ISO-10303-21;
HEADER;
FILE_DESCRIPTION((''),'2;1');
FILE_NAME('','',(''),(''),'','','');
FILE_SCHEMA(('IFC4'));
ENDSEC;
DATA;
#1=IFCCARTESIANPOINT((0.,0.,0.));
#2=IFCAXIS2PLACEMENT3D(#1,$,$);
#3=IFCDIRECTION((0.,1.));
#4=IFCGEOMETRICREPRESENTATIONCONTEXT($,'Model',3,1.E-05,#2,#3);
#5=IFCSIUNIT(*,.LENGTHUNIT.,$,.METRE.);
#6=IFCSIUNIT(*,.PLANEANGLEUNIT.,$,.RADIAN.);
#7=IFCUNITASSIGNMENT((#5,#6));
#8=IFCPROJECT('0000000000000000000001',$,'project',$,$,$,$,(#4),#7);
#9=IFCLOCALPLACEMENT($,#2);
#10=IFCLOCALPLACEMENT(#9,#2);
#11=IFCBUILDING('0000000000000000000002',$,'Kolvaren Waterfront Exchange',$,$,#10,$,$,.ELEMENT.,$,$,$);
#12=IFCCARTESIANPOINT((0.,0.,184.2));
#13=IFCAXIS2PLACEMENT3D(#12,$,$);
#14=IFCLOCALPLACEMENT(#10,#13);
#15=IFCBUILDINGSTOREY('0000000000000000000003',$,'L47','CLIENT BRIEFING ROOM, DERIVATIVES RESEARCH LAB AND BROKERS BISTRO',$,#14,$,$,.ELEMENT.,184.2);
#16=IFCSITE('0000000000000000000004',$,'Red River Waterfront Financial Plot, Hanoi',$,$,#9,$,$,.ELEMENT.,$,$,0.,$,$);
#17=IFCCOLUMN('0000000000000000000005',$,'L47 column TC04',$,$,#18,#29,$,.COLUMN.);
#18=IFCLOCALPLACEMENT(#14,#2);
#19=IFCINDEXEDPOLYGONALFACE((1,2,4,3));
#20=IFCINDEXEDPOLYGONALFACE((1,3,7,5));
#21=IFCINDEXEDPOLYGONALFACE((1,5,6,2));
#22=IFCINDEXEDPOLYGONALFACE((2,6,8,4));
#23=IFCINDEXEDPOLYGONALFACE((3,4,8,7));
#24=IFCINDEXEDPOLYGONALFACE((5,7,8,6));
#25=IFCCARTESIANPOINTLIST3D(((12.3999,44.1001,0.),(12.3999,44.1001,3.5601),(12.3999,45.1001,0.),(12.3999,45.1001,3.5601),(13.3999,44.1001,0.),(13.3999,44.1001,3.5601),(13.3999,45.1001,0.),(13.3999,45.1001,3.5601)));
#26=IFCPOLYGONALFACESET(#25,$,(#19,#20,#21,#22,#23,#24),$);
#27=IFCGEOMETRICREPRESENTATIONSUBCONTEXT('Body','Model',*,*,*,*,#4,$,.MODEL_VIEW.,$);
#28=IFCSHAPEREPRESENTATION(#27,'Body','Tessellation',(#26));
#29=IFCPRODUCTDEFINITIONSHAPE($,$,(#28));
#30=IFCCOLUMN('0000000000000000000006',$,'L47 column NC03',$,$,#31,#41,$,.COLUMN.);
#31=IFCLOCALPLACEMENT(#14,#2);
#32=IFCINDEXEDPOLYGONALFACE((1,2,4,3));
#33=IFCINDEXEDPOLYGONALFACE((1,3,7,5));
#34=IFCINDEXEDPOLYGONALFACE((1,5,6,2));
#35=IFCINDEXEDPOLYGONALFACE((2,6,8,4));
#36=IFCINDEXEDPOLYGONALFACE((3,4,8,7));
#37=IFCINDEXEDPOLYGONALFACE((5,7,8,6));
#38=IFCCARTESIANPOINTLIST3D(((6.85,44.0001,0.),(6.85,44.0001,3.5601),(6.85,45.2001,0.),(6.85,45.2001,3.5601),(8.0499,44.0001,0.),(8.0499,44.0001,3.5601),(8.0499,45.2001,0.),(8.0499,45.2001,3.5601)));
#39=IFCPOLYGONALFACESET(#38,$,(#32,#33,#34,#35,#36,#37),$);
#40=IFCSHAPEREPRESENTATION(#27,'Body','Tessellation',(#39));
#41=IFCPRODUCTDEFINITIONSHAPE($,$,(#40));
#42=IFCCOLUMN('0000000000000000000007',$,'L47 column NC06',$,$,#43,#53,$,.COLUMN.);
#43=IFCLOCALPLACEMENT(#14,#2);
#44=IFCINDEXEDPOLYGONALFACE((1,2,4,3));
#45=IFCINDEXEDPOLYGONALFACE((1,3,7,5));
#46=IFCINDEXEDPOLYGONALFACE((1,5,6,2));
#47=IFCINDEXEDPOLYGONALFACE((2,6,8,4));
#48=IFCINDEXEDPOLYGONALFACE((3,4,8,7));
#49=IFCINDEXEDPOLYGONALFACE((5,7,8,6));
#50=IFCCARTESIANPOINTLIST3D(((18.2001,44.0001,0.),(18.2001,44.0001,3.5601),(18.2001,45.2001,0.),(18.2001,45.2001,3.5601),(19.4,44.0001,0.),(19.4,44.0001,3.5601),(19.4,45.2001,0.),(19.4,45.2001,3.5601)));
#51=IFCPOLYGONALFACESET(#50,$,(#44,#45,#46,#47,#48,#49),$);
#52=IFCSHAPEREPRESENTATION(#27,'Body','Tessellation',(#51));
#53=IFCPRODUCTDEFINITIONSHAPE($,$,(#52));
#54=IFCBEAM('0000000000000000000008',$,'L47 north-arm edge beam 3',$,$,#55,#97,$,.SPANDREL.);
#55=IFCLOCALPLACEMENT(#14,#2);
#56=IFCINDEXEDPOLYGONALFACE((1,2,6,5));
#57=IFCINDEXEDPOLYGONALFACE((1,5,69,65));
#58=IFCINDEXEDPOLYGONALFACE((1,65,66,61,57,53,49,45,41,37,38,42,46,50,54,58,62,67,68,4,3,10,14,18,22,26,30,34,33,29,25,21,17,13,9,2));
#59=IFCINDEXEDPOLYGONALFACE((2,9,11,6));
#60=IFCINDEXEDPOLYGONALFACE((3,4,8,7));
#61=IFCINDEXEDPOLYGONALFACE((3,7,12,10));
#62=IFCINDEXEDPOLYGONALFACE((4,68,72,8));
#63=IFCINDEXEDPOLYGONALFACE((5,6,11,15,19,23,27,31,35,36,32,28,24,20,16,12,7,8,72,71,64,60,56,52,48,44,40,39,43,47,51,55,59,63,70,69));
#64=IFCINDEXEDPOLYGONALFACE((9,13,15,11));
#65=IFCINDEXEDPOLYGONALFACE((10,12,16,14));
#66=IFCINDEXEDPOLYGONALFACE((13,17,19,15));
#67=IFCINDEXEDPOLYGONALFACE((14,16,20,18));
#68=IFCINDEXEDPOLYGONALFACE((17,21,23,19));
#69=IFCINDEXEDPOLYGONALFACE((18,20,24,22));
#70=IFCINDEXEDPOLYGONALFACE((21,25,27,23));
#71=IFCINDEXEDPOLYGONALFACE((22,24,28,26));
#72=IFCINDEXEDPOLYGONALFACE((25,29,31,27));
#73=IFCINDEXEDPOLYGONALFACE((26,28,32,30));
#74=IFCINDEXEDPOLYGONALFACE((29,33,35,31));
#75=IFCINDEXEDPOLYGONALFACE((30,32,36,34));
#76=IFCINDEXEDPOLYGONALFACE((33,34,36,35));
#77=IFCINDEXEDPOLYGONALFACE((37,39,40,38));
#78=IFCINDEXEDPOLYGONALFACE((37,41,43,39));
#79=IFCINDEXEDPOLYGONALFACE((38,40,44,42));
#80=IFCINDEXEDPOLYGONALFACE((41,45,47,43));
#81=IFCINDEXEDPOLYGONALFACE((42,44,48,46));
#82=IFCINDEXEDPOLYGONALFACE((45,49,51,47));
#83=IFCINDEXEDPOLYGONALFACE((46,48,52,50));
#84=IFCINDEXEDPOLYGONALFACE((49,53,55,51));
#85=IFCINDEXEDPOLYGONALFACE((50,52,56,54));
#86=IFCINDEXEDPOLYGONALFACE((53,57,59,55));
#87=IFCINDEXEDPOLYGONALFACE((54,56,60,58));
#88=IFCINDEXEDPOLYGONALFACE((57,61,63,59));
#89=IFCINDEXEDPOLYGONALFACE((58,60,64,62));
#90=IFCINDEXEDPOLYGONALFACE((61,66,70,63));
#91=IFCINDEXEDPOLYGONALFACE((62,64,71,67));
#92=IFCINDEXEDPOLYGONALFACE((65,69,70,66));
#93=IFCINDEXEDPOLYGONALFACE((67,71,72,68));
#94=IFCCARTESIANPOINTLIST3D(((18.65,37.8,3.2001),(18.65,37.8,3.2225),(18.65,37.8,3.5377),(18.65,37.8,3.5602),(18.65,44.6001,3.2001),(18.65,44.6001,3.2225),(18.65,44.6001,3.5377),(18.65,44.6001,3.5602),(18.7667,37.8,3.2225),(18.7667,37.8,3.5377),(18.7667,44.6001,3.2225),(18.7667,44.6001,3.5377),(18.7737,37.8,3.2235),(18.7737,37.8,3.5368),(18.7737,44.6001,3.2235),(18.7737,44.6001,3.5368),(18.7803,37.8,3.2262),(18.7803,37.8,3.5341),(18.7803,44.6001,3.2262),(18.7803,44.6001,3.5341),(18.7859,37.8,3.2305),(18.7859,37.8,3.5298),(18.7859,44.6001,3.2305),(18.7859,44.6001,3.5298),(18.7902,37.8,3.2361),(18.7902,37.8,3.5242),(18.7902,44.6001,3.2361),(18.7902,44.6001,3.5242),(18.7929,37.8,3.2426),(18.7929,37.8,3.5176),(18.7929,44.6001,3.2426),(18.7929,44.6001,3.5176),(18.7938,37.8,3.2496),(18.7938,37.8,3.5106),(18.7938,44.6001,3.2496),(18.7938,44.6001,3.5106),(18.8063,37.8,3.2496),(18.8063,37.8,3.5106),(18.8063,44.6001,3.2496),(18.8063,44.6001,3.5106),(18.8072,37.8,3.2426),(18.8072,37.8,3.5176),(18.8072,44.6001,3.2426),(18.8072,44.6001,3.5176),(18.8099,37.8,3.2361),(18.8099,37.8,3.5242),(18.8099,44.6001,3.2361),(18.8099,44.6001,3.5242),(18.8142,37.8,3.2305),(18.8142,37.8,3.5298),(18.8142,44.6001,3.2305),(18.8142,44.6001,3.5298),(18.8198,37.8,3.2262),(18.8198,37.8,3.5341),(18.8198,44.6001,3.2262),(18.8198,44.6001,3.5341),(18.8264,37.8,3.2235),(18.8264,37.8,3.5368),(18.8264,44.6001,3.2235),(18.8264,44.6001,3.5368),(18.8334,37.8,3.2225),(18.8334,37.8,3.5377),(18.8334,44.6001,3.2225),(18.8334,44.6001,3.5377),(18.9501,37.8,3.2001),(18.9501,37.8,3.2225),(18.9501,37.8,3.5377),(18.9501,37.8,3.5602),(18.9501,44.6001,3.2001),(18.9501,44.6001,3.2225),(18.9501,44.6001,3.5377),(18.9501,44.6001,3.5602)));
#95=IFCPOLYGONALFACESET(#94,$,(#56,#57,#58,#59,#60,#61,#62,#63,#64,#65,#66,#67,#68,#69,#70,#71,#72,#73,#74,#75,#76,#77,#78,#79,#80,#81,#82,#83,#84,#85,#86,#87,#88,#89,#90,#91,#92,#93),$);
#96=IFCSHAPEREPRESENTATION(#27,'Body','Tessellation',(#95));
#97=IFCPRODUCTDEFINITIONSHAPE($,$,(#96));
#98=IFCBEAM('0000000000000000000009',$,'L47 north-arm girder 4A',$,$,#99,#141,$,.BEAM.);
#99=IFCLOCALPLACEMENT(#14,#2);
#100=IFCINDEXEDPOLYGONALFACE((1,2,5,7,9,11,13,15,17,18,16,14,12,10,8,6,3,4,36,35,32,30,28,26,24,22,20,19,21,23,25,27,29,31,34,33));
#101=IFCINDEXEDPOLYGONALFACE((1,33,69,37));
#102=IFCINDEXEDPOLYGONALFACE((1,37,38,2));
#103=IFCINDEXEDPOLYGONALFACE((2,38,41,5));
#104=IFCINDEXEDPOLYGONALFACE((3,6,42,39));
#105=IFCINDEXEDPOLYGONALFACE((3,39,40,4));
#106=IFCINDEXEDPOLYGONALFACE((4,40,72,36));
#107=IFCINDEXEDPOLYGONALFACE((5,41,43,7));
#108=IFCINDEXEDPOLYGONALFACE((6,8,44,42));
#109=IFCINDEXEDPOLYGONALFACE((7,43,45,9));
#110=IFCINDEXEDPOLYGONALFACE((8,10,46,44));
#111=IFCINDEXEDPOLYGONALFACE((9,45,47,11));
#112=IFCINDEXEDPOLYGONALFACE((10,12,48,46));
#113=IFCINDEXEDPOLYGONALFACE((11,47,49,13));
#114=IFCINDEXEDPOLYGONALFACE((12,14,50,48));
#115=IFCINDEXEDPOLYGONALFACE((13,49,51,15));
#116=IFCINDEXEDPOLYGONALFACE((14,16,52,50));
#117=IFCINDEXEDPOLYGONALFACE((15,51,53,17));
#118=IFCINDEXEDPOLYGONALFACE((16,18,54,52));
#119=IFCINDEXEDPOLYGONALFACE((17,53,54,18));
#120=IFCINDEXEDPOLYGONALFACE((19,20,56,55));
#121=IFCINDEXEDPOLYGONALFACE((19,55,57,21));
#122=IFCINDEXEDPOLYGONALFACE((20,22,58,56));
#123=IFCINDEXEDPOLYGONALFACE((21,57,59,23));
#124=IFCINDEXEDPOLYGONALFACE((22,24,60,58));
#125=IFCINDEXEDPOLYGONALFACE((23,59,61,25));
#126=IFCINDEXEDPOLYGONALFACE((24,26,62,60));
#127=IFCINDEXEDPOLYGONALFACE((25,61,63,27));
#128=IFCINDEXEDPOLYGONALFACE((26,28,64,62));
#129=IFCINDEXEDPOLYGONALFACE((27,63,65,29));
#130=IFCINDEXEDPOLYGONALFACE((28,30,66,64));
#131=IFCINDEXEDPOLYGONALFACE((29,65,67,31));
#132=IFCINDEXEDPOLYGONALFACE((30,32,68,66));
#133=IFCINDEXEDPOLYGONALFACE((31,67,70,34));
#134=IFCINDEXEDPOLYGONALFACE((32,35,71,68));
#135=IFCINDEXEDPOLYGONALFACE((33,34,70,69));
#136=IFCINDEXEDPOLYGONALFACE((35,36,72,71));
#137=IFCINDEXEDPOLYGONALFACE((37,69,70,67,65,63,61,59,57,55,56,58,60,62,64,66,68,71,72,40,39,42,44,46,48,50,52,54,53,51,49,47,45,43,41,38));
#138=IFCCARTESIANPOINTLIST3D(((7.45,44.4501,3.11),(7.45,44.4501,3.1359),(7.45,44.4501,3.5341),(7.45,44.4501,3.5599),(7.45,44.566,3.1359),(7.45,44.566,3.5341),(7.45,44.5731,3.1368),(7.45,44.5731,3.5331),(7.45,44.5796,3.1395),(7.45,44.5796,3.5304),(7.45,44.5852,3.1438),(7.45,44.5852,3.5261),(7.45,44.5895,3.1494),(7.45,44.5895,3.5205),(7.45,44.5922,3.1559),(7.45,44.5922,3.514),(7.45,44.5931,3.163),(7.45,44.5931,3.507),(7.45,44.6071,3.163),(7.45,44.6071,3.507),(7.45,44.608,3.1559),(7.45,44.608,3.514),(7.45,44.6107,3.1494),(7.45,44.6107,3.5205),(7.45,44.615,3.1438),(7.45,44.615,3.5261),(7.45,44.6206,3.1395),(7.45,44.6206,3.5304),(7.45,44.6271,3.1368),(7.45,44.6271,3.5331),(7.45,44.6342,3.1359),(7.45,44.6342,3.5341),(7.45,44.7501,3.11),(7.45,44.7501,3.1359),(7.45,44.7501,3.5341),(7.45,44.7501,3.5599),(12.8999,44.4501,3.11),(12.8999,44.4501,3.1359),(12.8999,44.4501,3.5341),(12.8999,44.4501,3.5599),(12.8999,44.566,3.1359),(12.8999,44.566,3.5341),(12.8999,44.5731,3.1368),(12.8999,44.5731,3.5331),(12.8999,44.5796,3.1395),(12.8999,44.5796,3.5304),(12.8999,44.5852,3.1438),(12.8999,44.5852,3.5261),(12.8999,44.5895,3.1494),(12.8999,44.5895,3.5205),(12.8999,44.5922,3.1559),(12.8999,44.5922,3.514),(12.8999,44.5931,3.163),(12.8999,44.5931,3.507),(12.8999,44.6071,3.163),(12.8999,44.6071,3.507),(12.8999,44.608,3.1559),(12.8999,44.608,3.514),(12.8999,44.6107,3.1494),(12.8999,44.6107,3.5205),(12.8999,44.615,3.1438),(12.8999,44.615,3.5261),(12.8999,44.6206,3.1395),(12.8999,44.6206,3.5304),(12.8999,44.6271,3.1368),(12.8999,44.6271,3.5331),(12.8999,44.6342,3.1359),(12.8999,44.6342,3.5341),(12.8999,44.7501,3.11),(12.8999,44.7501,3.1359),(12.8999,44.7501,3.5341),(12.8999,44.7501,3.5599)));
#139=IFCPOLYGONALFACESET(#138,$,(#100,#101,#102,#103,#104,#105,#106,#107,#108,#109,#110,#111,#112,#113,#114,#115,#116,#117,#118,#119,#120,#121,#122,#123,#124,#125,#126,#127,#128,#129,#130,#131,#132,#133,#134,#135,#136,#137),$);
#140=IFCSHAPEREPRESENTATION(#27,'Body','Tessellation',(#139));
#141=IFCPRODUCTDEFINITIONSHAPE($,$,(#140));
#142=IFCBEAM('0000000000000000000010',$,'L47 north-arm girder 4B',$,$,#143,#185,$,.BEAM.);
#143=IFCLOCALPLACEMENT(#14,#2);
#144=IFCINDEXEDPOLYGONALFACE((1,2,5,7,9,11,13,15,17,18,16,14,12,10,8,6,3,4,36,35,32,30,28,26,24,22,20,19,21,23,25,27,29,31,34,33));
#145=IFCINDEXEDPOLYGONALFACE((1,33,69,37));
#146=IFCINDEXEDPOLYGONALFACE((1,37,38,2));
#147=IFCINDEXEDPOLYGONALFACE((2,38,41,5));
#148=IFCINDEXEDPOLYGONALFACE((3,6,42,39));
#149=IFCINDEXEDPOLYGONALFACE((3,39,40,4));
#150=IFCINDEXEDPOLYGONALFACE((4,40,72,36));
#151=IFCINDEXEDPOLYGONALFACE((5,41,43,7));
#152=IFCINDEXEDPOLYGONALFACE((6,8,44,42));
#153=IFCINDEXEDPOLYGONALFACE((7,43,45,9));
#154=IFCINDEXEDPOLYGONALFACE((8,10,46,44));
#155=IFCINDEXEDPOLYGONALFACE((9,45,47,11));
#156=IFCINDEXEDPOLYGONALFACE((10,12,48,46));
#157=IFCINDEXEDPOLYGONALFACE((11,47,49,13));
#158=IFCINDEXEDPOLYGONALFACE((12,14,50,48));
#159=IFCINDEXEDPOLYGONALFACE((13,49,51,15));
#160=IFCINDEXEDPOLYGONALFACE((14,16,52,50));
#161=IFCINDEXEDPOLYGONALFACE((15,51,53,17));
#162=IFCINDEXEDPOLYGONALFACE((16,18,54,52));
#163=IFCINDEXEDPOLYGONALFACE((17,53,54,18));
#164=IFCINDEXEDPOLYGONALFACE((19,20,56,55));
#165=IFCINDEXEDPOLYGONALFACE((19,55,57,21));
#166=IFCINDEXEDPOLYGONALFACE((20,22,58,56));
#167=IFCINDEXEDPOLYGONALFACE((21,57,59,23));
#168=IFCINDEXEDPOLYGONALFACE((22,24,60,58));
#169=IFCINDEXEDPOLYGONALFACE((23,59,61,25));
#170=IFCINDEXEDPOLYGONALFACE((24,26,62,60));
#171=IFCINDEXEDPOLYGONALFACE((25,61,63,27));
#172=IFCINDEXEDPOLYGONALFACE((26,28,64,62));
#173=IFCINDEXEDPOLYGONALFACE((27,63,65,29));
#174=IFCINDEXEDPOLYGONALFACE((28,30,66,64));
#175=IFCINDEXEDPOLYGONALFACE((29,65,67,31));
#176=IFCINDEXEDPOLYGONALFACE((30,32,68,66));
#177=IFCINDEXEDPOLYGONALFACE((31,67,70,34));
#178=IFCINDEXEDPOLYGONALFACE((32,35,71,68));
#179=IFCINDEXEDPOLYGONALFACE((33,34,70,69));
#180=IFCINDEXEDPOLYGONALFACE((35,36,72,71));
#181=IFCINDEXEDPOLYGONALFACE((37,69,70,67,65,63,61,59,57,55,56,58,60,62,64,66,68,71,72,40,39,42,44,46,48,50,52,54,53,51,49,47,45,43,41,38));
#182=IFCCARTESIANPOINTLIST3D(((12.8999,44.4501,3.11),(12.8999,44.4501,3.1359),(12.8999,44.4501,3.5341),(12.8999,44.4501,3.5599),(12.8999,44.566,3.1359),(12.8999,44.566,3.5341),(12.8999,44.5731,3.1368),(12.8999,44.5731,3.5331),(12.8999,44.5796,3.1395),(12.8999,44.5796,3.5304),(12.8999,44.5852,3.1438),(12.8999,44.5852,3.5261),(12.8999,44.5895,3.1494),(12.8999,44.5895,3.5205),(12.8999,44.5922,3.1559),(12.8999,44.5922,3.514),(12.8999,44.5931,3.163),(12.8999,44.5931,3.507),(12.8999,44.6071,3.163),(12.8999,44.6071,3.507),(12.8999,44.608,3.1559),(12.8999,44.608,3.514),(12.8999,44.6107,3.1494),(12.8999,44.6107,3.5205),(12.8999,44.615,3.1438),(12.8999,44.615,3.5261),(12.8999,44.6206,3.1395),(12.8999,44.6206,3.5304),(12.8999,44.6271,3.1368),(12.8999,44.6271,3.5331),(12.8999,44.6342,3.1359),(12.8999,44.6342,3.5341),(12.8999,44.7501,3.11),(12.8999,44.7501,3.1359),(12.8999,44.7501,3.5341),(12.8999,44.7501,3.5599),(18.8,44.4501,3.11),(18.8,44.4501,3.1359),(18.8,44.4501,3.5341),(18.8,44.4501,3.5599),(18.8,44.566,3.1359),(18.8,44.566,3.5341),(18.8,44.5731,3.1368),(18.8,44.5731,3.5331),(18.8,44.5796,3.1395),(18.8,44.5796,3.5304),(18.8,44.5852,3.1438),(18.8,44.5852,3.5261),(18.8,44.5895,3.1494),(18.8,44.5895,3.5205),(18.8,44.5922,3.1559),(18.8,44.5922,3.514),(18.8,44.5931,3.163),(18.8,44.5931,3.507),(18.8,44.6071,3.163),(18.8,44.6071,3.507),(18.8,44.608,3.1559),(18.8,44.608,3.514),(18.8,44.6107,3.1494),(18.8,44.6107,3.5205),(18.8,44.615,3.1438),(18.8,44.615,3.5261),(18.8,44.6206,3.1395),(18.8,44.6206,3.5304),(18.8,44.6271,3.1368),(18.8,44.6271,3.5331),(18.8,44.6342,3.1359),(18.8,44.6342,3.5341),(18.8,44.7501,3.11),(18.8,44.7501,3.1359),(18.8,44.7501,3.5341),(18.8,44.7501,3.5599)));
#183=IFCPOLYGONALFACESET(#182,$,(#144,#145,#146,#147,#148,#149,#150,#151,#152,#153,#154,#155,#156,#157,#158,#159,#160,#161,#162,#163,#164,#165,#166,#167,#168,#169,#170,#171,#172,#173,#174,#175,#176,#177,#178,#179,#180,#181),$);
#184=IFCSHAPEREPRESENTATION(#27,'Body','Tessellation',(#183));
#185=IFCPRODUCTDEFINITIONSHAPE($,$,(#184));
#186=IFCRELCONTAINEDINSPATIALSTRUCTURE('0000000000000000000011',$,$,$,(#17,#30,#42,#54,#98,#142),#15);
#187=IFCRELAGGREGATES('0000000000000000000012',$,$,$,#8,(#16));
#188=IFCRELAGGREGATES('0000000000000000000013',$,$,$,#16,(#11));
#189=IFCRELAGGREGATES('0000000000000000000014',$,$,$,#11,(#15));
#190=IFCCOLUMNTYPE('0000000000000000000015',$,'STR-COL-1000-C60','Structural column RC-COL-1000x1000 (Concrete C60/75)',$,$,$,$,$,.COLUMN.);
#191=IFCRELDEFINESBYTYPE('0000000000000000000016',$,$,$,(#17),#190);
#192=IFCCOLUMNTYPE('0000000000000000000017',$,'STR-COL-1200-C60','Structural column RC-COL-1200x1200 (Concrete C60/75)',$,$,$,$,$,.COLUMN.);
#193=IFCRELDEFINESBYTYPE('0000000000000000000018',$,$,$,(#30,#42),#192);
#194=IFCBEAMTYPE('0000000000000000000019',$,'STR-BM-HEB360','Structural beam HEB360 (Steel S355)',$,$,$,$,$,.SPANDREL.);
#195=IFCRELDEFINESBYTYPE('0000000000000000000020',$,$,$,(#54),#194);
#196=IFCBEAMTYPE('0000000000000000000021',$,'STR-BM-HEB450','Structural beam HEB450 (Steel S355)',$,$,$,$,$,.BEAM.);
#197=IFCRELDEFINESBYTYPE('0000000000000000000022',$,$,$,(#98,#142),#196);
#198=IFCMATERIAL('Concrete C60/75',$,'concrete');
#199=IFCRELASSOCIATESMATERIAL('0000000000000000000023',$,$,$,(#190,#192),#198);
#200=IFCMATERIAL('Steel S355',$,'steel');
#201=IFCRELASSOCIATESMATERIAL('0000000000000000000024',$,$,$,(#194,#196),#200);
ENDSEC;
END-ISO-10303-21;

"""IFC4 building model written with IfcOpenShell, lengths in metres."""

from ifc_helpers import new_model, si_unit, direction, frame, origin, origin_2d, place, context, subcontext, project, spatial, rectangle, i_section, extrude, material, material_profile, profile_set, type_object, element, save


model = new_model("IFC4")

# Units and contexts
model_context = context("Model", 3, precision=1e-05, world=origin(), true_north=direction((0.0, 1.0)))
body_context = subcontext(model_context, "Body", "Model", "MODEL_VIEW")
ifc_project = project(units=[si_unit("LENGTHUNIT", "METRE"), si_unit("PLANEANGLEUNIT", "RADIAN")], contexts=[model_context])

# Site, building, storey
site_placement = place(None, origin())
site = spatial("IfcSite", under=ifc_project, at=site_placement, Name="Red River Waterfront Financial Plot, Hanoi", CompositionType="ELEMENT", RefElevation=0.0)
building_placement = place(site_placement, origin())
building = spatial("IfcBuilding", under=site, at=building_placement, Name="Kolvaren Waterfront Exchange", CompositionType="ELEMENT")
storey_placement = place(building_placement, frame((0.0, 0.0, 184.2)))
storey = spatial("IfcBuildingStorey", under=building, at=storey_placement, Name="L47", Description="CLIENT BRIEFING ROOM, DERIVATIVES RESEARCH LAB AND BROKERS BISTRO", CompositionType="ELEMENT", Elevation=184.2)

# Columns
ifc_material_1 = material(Name="Concrete C60/75", Category="concrete")
ifc_material_profile_1 = material_profile(ifc_material_1, rectangle(XDim=1.0, YDim=1.0, at=origin_2d()), Name="RC-COL-1000x1000")
ifc_profile_set_1 = profile_set([ifc_material_profile_1], Name="Concrete C60/75")
column_type_1 = type_object("IfcColumnType", Name="STR-COL-1000-C60", Description="Structural column RC-COL-1000x1000 (Concrete C60/75)", PredefinedType="COLUMN", material=ifc_profile_set_1)
column_placement = place(storey_placement, frame((12.8999, 44.6001, 0.0), z_axis=(0.0, 0.0, 1.0), x_axis=(1.0, 0.0, 0.0)))
element("IfcColumn", 1, at=column_placement, inside=storey, type_object=column_type_1, Name="L47 column TC04", PredefinedType="COLUMN", context=body_context, shape_type="SweptSolid", body=[
    extrude(rectangle(XDim=1.0, YDim=1.0, at=origin_2d()), origin(), (0.0, 0.0, 1.0), 3.5601),
])
ifc_material_profile_2 = material_profile(ifc_material_1, rectangle(XDim=1.2, YDim=1.2, at=origin_2d()), Name="RC-COL-1200x1200")
ifc_profile_set_2 = profile_set([ifc_material_profile_2], Name="Concrete C60/75")
column_type_2 = type_object("IfcColumnType", Name="STR-COL-1200-C60", Description="Structural column RC-COL-1200x1200 (Concrete C60/75)", PredefinedType="COLUMN", material=ifc_profile_set_2)
for number, where, z_axis, x_axis, name in (
    (2, (7.45, 44.6001, 0.0), (0.0, 0.0, 1.0), (1.0, 0.0, 0.0), "L47 column NC03"),
    (3, (18.8, 44.6001, 0.0), (0.0, 0.0, 1.0), (1.0, 0.0, 0.0), "L47 column NC06"),
):
    element("IfcColumn", number, at=place(storey_placement, frame(where, z_axis=z_axis, x_axis=x_axis)), inside=storey, type_object=column_type_2, Name=name, PredefinedType="COLUMN", context=body_context, shape_type="SweptSolid", body=[
        extrude(rectangle(XDim=1.2, YDim=1.2, at=origin_2d()), origin(), (0.0, 0.0, 1.0), 3.5601),
    ])

# Beams
ifc_material_2 = material(Name="Steel S355", Category="steel")
ifc_material_profile_3 = material_profile(ifc_material_2, i_section(OverallWidth=0.3, OverallDepth=0.3601, WebThickness=0.0125, FlangeThickness=0.0225, FilletRadius=0.0271, at=origin_2d()), Name="HEB360")
ifc_profile_set_3 = profile_set([ifc_material_profile_3], Name="Steel S355")
beam_type_1 = type_object("IfcBeamType", Name="STR-BM-HEB360", Description="Structural beam HEB360 (Steel S355)", PredefinedType="SPANDREL", material=ifc_profile_set_3)
beam_1_placement = place(storey_placement, frame((18.8, 37.8, 3.3801), z_axis=(0.0, 1.0, 0.0), x_axis=(-1.0, 0.0, 0.0)))
element("IfcBeam", 4, at=beam_1_placement, inside=storey, type_object=beam_type_1, Name="L47 north-arm edge beam 3", PredefinedType="SPANDREL", context=body_context, shape_type="SweptSolid", body=[
    extrude(i_section(OverallWidth=0.3, OverallDepth=0.3601, WebThickness=0.0125, FlangeThickness=0.0225, FilletRadius=0.0271, at=origin_2d()), origin(), (0.0, 0.0, 1.0), 6.8),
])
ifc_material_profile_4 = material_profile(ifc_material_2, i_section(OverallWidth=0.3, OverallDepth=0.45, WebThickness=0.0139, FlangeThickness=0.0259, FilletRadius=0.0271, at=origin_2d()), Name="HEB450")
ifc_profile_set_4 = profile_set([ifc_material_profile_4], Name="Steel S355")
beam_type_2 = type_object("IfcBeamType", Name="STR-BM-HEB450", Description="Structural beam HEB450 (Steel S355)", PredefinedType="BEAM", material=ifc_profile_set_4)
beam_2_placement = place(storey_placement, frame((7.45, 44.6001, 3.335), z_axis=(1.0, 0.0, 0.0), x_axis=(0.0, 1.0, 0.0)))
element("IfcBeam", 5, at=beam_2_placement, inside=storey, type_object=beam_type_2, Name="L47 north-arm girder 4A", PredefinedType="BEAM", context=body_context, shape_type="SweptSolid", body=[
    extrude(i_section(OverallWidth=0.3, OverallDepth=0.45, WebThickness=0.0139, FlangeThickness=0.0259, FilletRadius=0.0271, at=origin_2d()), origin(), (0.0, 0.0, 1.0), 5.45),
])
beam_3_placement = place(storey_placement, frame((12.8999, 44.6001, 3.335), z_axis=(1.0, 0.0, 0.0), x_axis=(0.0, 1.0, 0.0)))
element("IfcBeam", 6, at=beam_3_placement, inside=storey, type_object=beam_type_2, Name="L47 north-arm girder 4B", PredefinedType="BEAM", context=body_context, shape_type="SweptSolid", body=[
    extrude(i_section(OverallWidth=0.3, OverallDepth=0.45, WebThickness=0.0139, FlangeThickness=0.0259, FilletRadius=0.0271, at=origin_2d()), origin(), (0.0, 0.0, 1.0), 5.9001),
])

save(model, "model.ifc")
